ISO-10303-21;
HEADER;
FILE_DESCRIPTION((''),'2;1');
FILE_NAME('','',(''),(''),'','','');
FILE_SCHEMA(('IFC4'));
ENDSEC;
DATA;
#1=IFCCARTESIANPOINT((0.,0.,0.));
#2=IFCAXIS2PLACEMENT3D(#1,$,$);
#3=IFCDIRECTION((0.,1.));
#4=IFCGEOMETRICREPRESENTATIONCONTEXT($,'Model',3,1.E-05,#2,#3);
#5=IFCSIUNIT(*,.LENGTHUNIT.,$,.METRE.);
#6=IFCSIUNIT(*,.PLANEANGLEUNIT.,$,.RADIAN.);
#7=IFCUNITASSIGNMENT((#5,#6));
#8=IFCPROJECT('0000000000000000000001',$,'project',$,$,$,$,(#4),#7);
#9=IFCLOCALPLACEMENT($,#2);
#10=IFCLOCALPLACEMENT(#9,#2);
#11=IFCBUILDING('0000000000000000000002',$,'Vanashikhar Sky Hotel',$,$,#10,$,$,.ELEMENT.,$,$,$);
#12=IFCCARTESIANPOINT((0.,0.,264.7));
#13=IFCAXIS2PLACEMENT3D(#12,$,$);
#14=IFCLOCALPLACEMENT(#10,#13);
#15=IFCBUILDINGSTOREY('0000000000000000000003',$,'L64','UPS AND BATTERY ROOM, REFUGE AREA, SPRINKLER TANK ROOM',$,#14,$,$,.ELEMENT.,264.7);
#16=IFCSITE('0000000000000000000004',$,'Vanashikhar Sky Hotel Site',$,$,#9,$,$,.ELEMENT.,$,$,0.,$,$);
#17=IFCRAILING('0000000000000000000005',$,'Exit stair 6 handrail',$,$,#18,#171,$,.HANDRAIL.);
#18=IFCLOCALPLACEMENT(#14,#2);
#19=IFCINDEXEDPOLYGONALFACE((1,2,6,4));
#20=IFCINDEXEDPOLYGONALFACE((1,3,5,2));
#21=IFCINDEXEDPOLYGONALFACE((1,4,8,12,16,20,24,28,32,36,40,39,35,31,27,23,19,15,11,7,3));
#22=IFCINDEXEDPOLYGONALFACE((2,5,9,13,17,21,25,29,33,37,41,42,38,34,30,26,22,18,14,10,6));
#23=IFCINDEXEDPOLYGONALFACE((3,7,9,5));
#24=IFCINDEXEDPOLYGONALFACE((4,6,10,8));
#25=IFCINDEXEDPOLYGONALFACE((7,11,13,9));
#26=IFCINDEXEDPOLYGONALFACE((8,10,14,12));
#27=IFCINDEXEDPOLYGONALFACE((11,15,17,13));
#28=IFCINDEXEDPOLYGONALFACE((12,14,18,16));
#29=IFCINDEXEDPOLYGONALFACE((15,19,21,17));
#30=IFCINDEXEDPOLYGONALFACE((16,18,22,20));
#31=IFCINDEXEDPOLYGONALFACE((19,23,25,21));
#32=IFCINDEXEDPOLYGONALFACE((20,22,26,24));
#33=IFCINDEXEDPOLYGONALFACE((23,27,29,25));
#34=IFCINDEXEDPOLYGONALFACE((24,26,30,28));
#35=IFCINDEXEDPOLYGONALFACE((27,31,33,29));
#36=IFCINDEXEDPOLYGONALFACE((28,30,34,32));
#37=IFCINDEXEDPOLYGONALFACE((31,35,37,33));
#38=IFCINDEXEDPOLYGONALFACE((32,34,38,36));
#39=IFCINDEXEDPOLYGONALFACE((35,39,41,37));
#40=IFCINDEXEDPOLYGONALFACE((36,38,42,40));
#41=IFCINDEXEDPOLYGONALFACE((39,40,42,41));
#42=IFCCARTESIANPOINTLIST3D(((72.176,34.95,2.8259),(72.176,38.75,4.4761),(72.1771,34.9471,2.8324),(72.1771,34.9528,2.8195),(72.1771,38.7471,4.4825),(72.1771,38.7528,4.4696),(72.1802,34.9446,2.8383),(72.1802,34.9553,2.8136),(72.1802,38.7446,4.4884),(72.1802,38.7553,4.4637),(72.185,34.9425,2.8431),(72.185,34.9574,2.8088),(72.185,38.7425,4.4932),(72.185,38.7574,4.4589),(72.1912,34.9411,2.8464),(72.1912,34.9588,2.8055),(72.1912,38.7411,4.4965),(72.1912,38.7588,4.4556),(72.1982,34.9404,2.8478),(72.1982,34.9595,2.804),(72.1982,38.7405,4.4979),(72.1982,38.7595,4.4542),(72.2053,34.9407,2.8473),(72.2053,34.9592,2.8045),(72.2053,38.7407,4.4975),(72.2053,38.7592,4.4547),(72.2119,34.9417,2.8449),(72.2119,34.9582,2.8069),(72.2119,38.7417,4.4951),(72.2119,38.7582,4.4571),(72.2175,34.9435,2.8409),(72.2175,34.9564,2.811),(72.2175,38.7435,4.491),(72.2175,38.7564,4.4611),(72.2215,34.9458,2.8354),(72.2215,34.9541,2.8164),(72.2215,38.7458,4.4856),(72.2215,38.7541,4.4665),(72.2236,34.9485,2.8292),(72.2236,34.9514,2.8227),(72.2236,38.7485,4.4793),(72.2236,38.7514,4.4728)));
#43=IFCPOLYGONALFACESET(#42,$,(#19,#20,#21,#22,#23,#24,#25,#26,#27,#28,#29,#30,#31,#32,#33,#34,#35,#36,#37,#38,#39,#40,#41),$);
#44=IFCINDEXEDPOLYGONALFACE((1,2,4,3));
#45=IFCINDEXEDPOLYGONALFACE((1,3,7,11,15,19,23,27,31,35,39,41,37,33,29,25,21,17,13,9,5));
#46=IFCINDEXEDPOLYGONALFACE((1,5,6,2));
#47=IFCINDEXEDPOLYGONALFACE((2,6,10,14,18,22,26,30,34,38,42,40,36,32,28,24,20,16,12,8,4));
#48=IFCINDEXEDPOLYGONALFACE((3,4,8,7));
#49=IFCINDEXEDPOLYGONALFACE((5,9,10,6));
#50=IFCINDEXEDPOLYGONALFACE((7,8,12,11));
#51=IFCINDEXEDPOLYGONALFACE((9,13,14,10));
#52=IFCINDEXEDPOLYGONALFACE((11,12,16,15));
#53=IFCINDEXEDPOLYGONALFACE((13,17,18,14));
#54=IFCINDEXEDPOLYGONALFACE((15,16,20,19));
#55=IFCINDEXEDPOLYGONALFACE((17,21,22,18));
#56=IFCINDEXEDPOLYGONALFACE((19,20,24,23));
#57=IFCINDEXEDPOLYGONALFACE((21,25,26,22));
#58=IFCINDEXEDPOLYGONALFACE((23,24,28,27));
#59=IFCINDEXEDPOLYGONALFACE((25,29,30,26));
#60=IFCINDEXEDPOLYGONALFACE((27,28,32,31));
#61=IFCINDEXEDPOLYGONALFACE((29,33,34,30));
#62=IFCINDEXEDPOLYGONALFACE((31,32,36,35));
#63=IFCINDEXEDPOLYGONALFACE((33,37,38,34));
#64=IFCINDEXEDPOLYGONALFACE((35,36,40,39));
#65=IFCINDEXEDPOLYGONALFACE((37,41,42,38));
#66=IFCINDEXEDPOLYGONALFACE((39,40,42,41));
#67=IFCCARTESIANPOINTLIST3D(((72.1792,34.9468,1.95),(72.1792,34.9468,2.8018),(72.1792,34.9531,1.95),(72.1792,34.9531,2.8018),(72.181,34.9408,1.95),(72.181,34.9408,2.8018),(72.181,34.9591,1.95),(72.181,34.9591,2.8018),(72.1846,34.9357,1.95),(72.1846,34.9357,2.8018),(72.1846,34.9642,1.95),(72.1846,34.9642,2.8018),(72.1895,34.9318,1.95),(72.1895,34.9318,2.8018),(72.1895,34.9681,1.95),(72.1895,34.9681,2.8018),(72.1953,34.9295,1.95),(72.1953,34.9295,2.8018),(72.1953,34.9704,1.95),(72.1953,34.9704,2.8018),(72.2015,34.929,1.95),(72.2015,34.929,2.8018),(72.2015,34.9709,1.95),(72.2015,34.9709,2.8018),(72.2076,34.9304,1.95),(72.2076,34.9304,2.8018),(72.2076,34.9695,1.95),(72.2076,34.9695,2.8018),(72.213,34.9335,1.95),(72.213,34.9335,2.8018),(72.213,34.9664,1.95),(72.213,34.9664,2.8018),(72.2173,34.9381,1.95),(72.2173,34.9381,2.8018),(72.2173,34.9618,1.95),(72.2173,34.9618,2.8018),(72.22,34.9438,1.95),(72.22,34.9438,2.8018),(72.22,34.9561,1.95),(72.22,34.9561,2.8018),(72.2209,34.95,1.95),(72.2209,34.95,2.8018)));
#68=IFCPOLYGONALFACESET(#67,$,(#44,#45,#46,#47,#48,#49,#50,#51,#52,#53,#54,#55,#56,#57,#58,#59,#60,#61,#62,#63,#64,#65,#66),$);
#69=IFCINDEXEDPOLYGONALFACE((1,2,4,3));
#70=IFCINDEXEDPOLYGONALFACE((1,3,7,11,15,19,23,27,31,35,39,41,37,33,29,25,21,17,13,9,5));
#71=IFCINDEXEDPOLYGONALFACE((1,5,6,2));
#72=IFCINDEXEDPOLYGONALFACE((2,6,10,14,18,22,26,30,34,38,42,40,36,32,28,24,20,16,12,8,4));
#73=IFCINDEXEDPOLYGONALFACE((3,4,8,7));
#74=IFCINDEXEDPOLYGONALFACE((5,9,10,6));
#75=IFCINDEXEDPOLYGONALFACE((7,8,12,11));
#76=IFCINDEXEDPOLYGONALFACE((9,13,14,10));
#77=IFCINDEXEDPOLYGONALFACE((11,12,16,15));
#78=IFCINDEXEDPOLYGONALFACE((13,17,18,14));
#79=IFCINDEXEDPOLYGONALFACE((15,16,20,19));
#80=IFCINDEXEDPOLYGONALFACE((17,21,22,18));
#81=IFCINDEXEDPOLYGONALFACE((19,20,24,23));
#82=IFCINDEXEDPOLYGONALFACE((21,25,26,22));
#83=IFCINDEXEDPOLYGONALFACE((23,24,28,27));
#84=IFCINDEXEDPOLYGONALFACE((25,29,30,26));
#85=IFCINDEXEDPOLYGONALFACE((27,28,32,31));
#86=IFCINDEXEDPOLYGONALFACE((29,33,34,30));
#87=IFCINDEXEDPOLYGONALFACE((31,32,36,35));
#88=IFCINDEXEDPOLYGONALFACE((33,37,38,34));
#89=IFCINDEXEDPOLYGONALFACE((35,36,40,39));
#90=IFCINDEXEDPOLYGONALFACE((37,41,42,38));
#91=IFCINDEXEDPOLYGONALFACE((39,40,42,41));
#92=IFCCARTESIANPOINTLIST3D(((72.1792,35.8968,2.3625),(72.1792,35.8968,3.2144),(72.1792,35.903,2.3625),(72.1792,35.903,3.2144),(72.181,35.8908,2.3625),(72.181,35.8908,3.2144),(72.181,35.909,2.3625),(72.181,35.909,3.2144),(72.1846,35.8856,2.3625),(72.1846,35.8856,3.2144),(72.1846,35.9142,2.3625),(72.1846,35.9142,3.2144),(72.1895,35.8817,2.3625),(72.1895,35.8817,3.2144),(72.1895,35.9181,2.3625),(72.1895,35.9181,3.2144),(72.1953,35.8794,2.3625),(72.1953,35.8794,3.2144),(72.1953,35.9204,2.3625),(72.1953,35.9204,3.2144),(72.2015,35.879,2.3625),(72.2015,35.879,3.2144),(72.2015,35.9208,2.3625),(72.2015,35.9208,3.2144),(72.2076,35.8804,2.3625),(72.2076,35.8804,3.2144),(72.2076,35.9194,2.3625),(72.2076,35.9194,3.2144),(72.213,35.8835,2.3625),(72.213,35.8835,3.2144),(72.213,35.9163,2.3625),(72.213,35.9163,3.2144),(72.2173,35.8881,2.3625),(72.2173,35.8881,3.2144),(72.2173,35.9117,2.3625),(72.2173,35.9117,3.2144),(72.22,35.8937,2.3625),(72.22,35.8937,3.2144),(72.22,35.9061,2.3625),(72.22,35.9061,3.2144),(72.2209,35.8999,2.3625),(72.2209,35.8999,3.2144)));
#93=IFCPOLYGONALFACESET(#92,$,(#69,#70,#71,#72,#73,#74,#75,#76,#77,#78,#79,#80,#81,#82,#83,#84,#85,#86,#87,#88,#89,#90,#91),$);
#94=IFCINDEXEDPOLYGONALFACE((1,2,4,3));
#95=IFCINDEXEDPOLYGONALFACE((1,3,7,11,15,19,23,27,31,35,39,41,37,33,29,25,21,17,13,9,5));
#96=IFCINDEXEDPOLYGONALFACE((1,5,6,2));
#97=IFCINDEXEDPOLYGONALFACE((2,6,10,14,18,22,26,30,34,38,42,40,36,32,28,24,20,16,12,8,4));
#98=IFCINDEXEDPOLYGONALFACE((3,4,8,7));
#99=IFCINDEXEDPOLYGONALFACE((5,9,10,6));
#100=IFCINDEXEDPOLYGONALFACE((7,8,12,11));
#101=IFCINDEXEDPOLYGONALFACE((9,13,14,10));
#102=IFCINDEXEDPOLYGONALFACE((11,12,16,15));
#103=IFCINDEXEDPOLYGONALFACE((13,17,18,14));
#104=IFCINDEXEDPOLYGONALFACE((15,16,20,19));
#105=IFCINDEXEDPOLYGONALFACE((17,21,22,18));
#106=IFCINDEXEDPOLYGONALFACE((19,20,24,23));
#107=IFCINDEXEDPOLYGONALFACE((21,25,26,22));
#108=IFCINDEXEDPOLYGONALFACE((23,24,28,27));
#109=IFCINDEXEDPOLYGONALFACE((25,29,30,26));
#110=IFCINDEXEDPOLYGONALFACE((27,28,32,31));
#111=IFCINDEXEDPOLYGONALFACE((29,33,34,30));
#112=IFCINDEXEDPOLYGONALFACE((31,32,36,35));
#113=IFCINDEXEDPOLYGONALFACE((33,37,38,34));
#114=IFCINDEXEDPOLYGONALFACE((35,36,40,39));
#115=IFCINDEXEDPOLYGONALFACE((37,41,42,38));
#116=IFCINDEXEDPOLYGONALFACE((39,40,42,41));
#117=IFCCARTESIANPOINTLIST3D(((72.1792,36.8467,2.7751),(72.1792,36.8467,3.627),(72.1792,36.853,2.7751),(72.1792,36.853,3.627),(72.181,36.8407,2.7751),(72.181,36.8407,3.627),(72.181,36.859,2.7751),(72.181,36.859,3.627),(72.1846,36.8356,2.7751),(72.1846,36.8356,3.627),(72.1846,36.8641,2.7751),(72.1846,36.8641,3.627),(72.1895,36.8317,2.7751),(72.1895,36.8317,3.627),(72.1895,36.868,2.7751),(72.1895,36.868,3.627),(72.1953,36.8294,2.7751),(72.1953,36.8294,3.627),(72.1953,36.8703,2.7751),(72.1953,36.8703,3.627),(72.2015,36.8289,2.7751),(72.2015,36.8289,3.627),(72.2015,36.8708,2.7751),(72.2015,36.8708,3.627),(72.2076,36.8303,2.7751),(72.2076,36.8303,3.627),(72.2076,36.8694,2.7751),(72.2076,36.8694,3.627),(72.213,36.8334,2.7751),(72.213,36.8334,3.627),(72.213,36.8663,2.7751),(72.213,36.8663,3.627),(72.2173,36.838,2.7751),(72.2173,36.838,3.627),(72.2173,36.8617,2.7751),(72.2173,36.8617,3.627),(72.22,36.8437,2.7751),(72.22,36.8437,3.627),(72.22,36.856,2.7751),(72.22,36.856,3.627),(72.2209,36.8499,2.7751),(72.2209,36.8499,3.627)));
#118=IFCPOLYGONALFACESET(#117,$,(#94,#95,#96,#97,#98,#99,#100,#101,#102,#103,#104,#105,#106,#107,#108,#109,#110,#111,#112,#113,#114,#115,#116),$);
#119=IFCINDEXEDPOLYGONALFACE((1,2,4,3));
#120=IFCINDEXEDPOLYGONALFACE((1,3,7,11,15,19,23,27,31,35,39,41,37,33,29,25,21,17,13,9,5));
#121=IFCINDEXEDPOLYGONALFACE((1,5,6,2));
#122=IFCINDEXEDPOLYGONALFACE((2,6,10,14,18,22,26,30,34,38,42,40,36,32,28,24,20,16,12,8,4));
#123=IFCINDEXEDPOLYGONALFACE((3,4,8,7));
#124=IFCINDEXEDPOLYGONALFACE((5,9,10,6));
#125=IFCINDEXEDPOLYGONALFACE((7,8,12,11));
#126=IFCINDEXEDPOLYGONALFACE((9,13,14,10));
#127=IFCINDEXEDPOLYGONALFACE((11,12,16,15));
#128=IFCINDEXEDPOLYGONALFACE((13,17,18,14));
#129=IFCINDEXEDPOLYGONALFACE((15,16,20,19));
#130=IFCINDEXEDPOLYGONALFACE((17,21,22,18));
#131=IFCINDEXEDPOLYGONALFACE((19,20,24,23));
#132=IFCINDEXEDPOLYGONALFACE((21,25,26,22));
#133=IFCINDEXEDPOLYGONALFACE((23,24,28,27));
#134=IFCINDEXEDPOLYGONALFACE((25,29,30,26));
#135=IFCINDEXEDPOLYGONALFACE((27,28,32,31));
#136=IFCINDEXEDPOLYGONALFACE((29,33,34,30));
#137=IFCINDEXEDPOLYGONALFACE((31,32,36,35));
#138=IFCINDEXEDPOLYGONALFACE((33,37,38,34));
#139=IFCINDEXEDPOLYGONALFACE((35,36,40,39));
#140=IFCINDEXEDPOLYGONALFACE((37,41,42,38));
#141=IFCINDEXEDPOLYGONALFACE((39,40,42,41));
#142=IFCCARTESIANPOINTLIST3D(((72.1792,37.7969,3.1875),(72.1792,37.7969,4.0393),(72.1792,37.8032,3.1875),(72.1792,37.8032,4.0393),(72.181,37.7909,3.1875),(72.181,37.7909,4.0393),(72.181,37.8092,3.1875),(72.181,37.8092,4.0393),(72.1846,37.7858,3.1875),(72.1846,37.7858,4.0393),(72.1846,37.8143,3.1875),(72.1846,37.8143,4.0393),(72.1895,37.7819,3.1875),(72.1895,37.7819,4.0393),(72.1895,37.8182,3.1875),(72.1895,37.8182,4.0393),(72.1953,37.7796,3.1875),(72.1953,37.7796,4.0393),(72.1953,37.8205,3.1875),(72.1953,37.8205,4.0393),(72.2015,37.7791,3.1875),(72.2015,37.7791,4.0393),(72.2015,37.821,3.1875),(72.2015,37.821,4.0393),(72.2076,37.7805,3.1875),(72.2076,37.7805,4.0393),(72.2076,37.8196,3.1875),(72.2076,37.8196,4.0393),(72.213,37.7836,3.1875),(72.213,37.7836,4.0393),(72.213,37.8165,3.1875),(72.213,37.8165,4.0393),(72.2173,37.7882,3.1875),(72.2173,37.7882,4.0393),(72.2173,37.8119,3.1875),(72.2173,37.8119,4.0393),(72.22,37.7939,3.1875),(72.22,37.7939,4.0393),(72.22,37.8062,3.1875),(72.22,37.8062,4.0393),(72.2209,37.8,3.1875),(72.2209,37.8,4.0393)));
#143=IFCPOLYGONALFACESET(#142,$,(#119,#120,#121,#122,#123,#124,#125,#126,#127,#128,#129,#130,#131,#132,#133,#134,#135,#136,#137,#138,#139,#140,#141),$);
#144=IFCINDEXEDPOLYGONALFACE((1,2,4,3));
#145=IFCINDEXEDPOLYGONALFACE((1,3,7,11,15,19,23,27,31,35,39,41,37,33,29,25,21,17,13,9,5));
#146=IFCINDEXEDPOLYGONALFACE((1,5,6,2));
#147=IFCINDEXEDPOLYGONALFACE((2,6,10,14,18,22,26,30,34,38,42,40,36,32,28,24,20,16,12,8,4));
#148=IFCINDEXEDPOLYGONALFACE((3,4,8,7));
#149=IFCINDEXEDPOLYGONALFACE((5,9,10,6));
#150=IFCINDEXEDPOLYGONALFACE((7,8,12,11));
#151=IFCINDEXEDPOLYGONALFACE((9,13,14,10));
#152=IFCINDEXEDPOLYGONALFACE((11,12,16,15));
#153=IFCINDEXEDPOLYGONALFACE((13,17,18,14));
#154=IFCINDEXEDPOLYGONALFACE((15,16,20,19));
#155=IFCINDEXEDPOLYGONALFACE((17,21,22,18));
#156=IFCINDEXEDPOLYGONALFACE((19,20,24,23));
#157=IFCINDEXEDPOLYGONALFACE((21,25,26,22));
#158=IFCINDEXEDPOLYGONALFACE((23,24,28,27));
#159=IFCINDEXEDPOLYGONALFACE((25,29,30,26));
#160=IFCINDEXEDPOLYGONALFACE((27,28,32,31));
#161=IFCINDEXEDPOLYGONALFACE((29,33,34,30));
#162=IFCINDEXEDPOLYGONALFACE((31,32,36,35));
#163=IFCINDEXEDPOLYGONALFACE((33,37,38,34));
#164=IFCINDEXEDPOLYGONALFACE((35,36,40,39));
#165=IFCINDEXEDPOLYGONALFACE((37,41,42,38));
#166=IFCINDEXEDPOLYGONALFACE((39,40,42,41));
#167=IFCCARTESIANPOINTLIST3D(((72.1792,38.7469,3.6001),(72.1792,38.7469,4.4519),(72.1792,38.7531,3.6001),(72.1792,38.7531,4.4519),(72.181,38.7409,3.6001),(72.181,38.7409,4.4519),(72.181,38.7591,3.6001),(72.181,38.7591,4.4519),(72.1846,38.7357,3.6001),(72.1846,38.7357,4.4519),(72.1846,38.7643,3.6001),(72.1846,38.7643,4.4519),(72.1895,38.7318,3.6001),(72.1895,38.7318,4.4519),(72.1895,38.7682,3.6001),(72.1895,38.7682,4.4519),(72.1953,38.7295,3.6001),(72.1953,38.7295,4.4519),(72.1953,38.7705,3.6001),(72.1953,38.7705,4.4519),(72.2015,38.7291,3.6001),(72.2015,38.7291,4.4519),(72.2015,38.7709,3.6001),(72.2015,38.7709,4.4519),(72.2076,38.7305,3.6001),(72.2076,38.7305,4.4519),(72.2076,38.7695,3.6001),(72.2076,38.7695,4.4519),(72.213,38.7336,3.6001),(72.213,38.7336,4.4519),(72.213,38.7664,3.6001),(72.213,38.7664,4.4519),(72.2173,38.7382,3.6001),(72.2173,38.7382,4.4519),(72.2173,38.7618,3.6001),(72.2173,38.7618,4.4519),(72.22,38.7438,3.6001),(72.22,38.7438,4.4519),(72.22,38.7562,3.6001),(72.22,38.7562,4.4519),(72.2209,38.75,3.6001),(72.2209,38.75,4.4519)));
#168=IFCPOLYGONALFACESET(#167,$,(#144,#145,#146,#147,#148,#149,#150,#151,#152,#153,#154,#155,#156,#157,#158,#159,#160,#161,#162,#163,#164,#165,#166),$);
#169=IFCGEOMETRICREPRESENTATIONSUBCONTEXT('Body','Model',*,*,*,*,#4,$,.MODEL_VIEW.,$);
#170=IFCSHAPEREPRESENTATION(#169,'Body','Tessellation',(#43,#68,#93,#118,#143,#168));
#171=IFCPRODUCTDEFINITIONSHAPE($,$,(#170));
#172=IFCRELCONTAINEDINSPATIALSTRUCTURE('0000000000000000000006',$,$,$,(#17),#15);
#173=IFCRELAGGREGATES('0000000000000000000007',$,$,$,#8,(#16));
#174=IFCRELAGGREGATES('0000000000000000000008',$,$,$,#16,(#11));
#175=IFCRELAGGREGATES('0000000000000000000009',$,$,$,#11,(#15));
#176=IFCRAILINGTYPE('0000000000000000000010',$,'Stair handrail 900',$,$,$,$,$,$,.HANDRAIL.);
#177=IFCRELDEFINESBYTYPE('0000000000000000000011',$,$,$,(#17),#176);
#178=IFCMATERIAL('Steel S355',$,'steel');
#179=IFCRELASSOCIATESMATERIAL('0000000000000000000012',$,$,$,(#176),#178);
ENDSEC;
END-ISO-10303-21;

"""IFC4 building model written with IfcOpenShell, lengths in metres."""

from ifc_helpers import new_model, si_unit, direction, frame, origin, origin_2d, place, context, subcontext, project, spatial, circle, extrude, source, transform, mapped, material, type_object, element, save


model = new_model("IFC4")

# Units and contexts
model_context = context("Model", 3, precision=1e-05, world=origin(), true_north=direction((0.0, 1.0)))
body_context = subcontext(model_context, "Body", "Model", "MODEL_VIEW")
ifc_project = project(units=[si_unit("LENGTHUNIT", "METRE"), si_unit("PLANEANGLEUNIT", "RADIAN")], contexts=[model_context])

# Site, building, storey
site_placement = place(None, origin())
site = spatial("IfcSite", under=ifc_project, at=site_placement, Name="Vanashikhar Sky Hotel Site", CompositionType="ELEMENT", RefElevation=0.0)
building_placement = place(site_placement, origin())
building = spatial("IfcBuilding", under=site, at=building_placement, Name="Vanashikhar Sky Hotel", CompositionType="ELEMENT")
storey_placement = place(building_placement, frame((0.0, 0.0, 264.7)))
storey = spatial("IfcBuildingStorey", under=building, at=storey_placement, Name="L64", Description="UPS AND BATTERY ROOM, REFUGE AREA, SPRINKLER TANK ROOM", CompositionType="ELEMENT", Elevation=264.7)

# Railing
ifc_material_1 = material(Name="Steel S355", Category="steel")
railing_type = type_object("IfcRailingType", Name="Stair handrail 900", PredefinedType="HANDRAIL", material=ifc_material_1)
shared_shape_1 = source(origin(), body_context, "Body", "SweptSolid", [
    extrude(circle(Radius=0.0239, at=origin_2d()), frame((0.0, 0.0, 0.876), z_axis=(0.0, 0.917251, 0.39831), x_axis=(-1.0, 0.0, 0.0)), (0.0, 0.0, 1.0), 4.1428),
    extrude(circle(Radius=0.021, at=origin_2d()), origin(), (0.0, 0.0, 1.0), 0.8518),
    extrude(circle(Radius=0.021, at=origin_2d()), frame((0.0, 0.95, 0.4126)), (0.0, 0.0, 1.0), 0.8518),
    extrude(circle(Radius=0.021, at=origin_2d()), frame((0.0, 1.8999, 0.8252)), (0.0, 0.0, 1.0), 0.8518),
    extrude(circle(Radius=0.021, at=origin_2d()), frame((0.0, 2.8501, 1.2375)), (0.0, 0.0, 1.0), 0.8518),
    extrude(circle(Radius=0.021, at=origin_2d()), frame((0.0, 3.8, 1.6501)), (0.0, 0.0, 1.0), 0.8518),
])
railing_placement = place(storey_placement, frame((72.2, 34.95, 1.95)))
element("IfcRailing", 1, at=railing_placement, inside=storey, type_object=railing_type, Name="Exit stair 6 handrail", PredefinedType="HANDRAIL", context=body_context, shape_type="MappedRepresentation", body=[
    mapped(shared_shape_1, transform((0.0, 0.0, 0.0), scale=1.0)),
])

save(model, "model.ifc")
